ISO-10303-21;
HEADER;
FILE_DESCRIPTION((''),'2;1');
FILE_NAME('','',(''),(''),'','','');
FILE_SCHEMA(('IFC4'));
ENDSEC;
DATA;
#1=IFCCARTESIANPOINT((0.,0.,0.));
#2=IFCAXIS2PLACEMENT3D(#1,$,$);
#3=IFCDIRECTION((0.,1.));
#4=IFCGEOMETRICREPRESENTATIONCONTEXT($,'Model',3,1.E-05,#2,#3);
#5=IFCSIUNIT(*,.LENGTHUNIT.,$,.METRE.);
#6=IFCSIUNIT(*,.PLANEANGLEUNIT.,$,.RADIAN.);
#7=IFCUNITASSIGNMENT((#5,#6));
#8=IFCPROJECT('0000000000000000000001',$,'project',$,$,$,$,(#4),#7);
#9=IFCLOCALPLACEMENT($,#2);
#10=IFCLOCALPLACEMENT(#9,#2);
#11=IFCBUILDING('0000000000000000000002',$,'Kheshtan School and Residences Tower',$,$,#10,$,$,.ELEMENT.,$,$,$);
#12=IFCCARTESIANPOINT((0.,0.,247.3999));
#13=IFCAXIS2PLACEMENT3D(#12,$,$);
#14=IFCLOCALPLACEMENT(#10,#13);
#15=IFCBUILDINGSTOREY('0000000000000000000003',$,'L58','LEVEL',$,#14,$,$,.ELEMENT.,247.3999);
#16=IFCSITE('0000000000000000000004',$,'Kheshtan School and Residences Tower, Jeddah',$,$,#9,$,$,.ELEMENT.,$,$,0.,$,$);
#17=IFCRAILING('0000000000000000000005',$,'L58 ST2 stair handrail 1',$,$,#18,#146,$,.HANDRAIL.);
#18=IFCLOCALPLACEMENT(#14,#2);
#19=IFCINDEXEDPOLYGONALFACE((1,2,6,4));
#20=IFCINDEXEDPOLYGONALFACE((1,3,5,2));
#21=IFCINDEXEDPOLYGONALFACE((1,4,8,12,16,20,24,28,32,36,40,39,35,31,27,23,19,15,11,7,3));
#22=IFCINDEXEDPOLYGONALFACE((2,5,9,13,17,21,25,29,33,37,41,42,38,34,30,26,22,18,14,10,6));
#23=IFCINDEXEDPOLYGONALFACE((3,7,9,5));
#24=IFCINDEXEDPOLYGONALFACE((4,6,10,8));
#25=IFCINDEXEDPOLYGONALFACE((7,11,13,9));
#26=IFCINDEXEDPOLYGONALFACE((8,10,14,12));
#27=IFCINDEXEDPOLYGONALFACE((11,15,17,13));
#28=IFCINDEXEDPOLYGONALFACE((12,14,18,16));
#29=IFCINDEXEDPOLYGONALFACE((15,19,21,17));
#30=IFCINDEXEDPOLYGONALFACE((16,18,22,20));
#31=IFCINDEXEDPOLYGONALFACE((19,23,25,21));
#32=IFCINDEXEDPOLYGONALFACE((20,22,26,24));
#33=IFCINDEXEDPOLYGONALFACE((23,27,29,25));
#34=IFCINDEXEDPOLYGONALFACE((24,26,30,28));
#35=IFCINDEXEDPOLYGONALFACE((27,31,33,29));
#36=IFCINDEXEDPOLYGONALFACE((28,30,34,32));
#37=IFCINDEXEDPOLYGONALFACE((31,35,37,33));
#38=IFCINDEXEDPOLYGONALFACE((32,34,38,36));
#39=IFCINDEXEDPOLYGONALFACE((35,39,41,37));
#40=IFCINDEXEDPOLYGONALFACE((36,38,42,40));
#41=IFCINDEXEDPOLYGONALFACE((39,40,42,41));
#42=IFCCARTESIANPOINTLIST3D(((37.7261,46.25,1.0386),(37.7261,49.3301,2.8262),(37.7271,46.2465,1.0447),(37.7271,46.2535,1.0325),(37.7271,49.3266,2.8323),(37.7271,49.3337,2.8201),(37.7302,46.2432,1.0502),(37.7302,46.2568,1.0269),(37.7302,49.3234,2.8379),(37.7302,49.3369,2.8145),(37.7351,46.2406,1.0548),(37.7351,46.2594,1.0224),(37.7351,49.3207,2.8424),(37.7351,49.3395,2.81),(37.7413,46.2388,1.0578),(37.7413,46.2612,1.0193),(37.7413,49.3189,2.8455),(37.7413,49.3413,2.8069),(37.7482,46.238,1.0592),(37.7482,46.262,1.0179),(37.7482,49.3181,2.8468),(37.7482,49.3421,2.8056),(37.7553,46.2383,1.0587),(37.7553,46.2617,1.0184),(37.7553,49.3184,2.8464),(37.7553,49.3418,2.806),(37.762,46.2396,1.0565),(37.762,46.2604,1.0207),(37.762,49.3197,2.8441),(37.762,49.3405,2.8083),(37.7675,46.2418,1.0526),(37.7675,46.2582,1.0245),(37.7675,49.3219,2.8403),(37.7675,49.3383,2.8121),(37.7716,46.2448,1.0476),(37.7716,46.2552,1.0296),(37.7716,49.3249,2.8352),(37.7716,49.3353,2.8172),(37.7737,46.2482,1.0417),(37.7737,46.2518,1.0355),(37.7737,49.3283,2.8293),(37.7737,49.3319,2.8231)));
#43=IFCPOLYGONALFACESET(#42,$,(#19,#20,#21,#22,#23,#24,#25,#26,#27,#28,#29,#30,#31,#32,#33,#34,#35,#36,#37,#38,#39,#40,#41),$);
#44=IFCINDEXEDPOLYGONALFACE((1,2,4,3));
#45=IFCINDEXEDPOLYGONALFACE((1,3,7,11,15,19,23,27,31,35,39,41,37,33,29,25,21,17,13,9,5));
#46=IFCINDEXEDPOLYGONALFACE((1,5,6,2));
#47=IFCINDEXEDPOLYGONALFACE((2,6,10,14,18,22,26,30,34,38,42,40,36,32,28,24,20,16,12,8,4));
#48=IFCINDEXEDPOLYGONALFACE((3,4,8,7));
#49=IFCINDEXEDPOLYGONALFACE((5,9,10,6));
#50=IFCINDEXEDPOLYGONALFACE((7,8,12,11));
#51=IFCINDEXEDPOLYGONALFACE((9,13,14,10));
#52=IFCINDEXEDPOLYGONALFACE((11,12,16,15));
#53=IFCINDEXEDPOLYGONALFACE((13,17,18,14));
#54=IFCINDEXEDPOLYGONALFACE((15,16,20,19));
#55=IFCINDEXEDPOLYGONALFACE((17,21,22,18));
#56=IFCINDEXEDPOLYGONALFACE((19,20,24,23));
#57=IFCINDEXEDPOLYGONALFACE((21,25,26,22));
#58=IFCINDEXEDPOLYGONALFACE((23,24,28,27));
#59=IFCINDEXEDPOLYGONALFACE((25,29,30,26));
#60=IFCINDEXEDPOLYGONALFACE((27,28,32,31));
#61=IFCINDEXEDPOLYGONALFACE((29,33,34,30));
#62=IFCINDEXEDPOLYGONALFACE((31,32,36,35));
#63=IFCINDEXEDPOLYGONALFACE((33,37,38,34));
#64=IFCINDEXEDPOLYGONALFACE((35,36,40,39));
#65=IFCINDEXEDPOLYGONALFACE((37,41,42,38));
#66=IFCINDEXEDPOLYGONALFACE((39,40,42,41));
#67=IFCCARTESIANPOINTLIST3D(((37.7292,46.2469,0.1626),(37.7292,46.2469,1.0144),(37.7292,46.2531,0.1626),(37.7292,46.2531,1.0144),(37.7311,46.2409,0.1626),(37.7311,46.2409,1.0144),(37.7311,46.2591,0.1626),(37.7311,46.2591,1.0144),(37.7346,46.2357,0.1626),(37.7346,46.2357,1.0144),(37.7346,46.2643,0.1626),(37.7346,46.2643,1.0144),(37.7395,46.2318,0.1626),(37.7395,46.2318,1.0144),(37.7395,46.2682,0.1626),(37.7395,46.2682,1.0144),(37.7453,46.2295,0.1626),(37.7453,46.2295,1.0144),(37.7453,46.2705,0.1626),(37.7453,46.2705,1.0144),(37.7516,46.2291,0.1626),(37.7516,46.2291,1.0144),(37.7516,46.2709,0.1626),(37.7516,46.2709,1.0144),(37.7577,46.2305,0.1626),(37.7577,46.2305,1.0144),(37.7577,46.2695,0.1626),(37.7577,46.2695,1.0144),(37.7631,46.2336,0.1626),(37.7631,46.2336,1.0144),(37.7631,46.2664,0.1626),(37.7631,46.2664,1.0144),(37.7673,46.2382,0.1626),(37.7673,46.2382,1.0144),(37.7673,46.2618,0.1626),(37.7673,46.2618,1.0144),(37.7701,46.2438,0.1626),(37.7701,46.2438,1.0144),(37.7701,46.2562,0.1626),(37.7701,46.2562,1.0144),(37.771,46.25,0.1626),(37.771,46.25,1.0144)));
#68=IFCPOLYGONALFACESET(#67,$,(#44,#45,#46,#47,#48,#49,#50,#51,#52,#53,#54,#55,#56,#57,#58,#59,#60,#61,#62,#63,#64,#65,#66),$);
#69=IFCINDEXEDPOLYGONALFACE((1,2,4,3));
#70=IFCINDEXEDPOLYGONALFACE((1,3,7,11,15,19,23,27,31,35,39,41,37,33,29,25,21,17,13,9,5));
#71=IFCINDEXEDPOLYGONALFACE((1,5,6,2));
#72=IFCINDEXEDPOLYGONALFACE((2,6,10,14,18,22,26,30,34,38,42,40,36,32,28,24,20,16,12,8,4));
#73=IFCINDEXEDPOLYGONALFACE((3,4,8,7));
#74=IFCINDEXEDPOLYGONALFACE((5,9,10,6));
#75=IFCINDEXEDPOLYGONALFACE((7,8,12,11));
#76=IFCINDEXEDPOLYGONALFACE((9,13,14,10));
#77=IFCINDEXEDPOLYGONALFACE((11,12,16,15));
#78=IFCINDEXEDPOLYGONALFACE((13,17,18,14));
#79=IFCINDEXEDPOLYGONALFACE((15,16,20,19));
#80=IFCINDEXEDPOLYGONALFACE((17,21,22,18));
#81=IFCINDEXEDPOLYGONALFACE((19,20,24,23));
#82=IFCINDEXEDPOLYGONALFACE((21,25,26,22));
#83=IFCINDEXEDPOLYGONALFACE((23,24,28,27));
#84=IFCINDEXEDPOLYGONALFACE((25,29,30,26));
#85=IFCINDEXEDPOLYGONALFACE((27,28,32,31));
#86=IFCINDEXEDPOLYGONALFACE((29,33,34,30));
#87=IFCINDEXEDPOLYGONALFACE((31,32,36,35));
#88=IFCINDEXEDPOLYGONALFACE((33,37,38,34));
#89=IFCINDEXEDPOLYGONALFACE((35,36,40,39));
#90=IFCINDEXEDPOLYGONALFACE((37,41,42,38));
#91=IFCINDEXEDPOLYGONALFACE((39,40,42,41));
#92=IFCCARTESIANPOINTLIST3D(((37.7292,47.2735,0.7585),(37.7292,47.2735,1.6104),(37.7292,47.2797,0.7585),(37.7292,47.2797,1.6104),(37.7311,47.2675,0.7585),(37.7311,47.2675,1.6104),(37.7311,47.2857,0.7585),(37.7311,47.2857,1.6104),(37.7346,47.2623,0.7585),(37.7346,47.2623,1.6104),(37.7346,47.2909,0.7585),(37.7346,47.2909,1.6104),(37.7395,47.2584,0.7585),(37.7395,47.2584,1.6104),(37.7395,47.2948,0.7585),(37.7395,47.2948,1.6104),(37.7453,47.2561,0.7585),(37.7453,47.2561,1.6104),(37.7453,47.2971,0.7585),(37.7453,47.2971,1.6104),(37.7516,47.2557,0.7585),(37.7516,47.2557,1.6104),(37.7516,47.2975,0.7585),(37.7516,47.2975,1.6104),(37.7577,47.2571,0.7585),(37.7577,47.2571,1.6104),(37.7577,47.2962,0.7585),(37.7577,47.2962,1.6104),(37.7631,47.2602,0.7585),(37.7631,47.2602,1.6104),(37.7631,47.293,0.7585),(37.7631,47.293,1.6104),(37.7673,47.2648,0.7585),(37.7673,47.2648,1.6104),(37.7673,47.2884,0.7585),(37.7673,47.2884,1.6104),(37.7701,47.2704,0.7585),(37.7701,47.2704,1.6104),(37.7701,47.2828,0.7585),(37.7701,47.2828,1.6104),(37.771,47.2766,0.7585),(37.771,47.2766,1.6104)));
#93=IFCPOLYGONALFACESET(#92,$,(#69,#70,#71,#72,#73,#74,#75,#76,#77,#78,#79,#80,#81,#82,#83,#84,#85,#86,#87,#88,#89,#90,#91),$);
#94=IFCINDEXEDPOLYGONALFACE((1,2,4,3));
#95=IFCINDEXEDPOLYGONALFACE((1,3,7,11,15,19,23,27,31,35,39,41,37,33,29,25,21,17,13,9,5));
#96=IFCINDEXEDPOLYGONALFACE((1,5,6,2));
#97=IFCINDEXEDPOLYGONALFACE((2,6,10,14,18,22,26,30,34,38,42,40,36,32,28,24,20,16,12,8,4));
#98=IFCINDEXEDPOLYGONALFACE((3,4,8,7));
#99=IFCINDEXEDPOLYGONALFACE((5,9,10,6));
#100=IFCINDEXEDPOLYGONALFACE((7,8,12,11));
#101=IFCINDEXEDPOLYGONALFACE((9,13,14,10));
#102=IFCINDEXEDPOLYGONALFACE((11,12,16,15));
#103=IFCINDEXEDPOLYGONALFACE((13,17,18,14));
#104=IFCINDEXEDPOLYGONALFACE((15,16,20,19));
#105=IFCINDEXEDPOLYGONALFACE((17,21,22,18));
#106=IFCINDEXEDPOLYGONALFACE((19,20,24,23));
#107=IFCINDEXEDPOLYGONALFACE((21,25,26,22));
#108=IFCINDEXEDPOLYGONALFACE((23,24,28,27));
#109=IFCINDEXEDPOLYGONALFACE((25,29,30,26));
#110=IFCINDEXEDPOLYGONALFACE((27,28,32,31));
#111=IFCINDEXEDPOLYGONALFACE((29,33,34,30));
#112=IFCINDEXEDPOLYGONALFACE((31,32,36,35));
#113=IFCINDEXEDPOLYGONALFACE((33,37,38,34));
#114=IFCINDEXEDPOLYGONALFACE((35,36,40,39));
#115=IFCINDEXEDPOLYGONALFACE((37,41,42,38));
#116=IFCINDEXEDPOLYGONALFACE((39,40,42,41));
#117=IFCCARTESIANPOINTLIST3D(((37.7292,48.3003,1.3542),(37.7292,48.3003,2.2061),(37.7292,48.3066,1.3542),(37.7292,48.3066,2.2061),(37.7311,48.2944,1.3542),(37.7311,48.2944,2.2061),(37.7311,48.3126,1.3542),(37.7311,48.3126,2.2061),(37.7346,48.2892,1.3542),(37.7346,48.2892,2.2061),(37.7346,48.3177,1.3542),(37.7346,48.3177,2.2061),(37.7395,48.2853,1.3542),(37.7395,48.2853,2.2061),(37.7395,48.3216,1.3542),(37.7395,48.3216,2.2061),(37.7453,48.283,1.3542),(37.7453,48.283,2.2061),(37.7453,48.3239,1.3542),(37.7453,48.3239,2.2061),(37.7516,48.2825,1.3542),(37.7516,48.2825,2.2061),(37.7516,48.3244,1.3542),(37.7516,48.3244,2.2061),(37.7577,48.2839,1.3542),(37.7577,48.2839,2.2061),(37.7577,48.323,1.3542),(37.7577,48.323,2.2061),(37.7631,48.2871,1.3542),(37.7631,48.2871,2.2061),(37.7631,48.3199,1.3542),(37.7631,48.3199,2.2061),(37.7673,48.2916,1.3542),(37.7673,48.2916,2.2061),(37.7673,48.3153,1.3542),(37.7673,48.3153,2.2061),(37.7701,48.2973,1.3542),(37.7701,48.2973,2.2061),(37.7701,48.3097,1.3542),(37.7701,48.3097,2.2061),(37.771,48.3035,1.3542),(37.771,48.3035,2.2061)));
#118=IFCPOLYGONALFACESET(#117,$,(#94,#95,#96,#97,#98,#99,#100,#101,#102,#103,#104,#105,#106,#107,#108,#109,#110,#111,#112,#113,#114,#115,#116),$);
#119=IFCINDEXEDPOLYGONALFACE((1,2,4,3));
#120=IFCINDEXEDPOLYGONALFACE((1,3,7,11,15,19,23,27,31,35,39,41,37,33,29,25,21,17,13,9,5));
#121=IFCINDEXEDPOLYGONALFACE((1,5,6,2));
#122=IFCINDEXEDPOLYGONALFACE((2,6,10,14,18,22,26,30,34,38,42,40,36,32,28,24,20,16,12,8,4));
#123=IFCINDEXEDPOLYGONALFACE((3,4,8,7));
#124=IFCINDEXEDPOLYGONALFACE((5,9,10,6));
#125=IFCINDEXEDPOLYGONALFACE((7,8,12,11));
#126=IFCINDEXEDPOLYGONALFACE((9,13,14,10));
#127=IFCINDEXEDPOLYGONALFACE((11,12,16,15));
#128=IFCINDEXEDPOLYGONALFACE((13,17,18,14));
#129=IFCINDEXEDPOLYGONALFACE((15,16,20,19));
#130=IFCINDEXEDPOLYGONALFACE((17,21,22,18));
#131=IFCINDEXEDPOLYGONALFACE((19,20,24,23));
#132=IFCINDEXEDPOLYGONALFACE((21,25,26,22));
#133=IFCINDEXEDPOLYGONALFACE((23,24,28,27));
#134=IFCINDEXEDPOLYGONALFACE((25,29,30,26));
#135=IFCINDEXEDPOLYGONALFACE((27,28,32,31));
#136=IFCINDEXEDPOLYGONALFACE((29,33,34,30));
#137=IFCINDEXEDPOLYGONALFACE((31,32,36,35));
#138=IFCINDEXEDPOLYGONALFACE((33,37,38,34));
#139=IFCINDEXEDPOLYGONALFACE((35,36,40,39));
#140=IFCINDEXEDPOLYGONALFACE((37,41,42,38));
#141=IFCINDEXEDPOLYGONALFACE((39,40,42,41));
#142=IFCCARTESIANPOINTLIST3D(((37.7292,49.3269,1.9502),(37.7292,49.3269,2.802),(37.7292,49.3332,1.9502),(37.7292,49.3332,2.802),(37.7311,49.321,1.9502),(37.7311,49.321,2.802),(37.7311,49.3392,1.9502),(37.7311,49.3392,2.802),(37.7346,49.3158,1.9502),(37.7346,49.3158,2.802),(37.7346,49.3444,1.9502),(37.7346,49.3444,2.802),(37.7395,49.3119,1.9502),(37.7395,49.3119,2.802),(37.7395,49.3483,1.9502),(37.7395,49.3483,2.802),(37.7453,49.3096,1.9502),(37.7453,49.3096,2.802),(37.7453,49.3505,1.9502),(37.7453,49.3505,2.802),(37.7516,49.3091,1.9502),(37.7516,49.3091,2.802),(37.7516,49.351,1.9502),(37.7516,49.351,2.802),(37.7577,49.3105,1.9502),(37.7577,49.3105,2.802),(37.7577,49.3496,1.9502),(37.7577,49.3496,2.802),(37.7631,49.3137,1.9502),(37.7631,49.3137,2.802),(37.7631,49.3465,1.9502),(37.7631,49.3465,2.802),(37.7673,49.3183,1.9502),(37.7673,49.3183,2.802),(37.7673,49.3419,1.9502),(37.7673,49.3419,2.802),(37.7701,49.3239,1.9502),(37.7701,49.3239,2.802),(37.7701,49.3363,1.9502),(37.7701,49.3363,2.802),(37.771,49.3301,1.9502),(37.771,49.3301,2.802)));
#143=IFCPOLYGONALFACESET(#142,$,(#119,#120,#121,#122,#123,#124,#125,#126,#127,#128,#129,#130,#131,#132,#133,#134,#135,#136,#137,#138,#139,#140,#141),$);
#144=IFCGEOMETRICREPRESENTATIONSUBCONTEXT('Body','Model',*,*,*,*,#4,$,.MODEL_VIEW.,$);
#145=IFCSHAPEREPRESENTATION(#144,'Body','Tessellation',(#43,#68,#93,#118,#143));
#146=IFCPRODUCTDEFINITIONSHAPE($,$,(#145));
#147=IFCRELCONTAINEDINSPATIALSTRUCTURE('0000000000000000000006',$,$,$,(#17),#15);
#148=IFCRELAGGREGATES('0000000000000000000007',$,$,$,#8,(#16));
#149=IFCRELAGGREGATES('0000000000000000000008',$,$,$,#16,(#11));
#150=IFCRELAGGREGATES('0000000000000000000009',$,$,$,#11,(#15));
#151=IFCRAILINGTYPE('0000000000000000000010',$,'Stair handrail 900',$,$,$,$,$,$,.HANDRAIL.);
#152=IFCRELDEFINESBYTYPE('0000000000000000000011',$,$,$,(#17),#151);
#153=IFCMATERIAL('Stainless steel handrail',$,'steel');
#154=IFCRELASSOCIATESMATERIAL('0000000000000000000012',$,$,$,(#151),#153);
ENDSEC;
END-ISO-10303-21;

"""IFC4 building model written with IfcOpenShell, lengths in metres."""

from ifc_helpers import new_model, si_unit, direction, frame, origin, origin_2d, place, context, subcontext, project, spatial, circle, extrude, material, type_object, element, save


model = new_model("IFC4")

# Units and contexts
model_context = context("Model", 3, precision=1e-05, world=origin(), true_north=direction((0.0, 1.0)))
body_context = subcontext(model_context, "Body", "Model", "MODEL_VIEW")
ifc_project = project(units=[si_unit("LENGTHUNIT", "METRE"), si_unit("PLANEANGLEUNIT", "RADIAN")], contexts=[model_context])

# Site, building, storey
site_placement = place(None, origin())
site = spatial("IfcSite", under=ifc_project, at=site_placement, Name="Kheshtan School and Residences Tower, Jeddah", CompositionType="ELEMENT", RefElevation=0.0)
building_placement = place(site_placement, origin())
building = spatial("IfcBuilding", under=site, at=building_placement, Name="Kheshtan School and Residences Tower", CompositionType="ELEMENT")
storey_placement = place(building_placement, frame((0.0, 0.0, 247.3999)))
storey = spatial("IfcBuildingStorey", under=building, at=storey_placement, Name="L58", Description="LEVEL", CompositionType="ELEMENT", Elevation=247.3999)

# Railing
ifc_material_1 = material(Name="Stainless steel handrail", Category="steel")
railing_type_1 = type_object("IfcRailingType", Name="Stair handrail 900", PredefinedType="HANDRAIL", material=ifc_material_1)
railing_1_placement = place(storey_placement, frame((37.75, 46.25, 0.1626)))
element("IfcRailing", 1, at=railing_1_placement, inside=storey, type_object=railing_type_1, Name="L58 ST2 stair handrail 1", PredefinedType="HANDRAIL", context=body_context, shape_type="SweptSolid", body=[
    extrude(circle(Radius=0.0239, at=origin_2d()), frame((0.0, 0.0, 0.876), z_axis=(0.0, 0.864891, 0.50196), x_axis=(-1.0, 0.0, 0.0)), (0.0, 0.0, 1.0), 3.5613),
    extrude(circle(Radius=0.021, at=origin_2d()), origin(), (0.0, 0.0, 1.0), 0.8518),
    extrude(circle(Radius=0.021, at=origin_2d()), frame((0.0, 1.0266, 0.5959)), (0.0, 0.0, 1.0), 0.8518),
    extrude(circle(Radius=0.021, at=origin_2d()), frame((0.0, 2.0535, 1.1917)), (0.0, 0.0, 1.0), 0.8518),
    extrude(circle(Radius=0.021, at=origin_2d()), frame((0.0, 3.0801, 1.7876)), (0.0, 0.0, 1.0), 0.8518),
])

save(model, "model.ifc")
